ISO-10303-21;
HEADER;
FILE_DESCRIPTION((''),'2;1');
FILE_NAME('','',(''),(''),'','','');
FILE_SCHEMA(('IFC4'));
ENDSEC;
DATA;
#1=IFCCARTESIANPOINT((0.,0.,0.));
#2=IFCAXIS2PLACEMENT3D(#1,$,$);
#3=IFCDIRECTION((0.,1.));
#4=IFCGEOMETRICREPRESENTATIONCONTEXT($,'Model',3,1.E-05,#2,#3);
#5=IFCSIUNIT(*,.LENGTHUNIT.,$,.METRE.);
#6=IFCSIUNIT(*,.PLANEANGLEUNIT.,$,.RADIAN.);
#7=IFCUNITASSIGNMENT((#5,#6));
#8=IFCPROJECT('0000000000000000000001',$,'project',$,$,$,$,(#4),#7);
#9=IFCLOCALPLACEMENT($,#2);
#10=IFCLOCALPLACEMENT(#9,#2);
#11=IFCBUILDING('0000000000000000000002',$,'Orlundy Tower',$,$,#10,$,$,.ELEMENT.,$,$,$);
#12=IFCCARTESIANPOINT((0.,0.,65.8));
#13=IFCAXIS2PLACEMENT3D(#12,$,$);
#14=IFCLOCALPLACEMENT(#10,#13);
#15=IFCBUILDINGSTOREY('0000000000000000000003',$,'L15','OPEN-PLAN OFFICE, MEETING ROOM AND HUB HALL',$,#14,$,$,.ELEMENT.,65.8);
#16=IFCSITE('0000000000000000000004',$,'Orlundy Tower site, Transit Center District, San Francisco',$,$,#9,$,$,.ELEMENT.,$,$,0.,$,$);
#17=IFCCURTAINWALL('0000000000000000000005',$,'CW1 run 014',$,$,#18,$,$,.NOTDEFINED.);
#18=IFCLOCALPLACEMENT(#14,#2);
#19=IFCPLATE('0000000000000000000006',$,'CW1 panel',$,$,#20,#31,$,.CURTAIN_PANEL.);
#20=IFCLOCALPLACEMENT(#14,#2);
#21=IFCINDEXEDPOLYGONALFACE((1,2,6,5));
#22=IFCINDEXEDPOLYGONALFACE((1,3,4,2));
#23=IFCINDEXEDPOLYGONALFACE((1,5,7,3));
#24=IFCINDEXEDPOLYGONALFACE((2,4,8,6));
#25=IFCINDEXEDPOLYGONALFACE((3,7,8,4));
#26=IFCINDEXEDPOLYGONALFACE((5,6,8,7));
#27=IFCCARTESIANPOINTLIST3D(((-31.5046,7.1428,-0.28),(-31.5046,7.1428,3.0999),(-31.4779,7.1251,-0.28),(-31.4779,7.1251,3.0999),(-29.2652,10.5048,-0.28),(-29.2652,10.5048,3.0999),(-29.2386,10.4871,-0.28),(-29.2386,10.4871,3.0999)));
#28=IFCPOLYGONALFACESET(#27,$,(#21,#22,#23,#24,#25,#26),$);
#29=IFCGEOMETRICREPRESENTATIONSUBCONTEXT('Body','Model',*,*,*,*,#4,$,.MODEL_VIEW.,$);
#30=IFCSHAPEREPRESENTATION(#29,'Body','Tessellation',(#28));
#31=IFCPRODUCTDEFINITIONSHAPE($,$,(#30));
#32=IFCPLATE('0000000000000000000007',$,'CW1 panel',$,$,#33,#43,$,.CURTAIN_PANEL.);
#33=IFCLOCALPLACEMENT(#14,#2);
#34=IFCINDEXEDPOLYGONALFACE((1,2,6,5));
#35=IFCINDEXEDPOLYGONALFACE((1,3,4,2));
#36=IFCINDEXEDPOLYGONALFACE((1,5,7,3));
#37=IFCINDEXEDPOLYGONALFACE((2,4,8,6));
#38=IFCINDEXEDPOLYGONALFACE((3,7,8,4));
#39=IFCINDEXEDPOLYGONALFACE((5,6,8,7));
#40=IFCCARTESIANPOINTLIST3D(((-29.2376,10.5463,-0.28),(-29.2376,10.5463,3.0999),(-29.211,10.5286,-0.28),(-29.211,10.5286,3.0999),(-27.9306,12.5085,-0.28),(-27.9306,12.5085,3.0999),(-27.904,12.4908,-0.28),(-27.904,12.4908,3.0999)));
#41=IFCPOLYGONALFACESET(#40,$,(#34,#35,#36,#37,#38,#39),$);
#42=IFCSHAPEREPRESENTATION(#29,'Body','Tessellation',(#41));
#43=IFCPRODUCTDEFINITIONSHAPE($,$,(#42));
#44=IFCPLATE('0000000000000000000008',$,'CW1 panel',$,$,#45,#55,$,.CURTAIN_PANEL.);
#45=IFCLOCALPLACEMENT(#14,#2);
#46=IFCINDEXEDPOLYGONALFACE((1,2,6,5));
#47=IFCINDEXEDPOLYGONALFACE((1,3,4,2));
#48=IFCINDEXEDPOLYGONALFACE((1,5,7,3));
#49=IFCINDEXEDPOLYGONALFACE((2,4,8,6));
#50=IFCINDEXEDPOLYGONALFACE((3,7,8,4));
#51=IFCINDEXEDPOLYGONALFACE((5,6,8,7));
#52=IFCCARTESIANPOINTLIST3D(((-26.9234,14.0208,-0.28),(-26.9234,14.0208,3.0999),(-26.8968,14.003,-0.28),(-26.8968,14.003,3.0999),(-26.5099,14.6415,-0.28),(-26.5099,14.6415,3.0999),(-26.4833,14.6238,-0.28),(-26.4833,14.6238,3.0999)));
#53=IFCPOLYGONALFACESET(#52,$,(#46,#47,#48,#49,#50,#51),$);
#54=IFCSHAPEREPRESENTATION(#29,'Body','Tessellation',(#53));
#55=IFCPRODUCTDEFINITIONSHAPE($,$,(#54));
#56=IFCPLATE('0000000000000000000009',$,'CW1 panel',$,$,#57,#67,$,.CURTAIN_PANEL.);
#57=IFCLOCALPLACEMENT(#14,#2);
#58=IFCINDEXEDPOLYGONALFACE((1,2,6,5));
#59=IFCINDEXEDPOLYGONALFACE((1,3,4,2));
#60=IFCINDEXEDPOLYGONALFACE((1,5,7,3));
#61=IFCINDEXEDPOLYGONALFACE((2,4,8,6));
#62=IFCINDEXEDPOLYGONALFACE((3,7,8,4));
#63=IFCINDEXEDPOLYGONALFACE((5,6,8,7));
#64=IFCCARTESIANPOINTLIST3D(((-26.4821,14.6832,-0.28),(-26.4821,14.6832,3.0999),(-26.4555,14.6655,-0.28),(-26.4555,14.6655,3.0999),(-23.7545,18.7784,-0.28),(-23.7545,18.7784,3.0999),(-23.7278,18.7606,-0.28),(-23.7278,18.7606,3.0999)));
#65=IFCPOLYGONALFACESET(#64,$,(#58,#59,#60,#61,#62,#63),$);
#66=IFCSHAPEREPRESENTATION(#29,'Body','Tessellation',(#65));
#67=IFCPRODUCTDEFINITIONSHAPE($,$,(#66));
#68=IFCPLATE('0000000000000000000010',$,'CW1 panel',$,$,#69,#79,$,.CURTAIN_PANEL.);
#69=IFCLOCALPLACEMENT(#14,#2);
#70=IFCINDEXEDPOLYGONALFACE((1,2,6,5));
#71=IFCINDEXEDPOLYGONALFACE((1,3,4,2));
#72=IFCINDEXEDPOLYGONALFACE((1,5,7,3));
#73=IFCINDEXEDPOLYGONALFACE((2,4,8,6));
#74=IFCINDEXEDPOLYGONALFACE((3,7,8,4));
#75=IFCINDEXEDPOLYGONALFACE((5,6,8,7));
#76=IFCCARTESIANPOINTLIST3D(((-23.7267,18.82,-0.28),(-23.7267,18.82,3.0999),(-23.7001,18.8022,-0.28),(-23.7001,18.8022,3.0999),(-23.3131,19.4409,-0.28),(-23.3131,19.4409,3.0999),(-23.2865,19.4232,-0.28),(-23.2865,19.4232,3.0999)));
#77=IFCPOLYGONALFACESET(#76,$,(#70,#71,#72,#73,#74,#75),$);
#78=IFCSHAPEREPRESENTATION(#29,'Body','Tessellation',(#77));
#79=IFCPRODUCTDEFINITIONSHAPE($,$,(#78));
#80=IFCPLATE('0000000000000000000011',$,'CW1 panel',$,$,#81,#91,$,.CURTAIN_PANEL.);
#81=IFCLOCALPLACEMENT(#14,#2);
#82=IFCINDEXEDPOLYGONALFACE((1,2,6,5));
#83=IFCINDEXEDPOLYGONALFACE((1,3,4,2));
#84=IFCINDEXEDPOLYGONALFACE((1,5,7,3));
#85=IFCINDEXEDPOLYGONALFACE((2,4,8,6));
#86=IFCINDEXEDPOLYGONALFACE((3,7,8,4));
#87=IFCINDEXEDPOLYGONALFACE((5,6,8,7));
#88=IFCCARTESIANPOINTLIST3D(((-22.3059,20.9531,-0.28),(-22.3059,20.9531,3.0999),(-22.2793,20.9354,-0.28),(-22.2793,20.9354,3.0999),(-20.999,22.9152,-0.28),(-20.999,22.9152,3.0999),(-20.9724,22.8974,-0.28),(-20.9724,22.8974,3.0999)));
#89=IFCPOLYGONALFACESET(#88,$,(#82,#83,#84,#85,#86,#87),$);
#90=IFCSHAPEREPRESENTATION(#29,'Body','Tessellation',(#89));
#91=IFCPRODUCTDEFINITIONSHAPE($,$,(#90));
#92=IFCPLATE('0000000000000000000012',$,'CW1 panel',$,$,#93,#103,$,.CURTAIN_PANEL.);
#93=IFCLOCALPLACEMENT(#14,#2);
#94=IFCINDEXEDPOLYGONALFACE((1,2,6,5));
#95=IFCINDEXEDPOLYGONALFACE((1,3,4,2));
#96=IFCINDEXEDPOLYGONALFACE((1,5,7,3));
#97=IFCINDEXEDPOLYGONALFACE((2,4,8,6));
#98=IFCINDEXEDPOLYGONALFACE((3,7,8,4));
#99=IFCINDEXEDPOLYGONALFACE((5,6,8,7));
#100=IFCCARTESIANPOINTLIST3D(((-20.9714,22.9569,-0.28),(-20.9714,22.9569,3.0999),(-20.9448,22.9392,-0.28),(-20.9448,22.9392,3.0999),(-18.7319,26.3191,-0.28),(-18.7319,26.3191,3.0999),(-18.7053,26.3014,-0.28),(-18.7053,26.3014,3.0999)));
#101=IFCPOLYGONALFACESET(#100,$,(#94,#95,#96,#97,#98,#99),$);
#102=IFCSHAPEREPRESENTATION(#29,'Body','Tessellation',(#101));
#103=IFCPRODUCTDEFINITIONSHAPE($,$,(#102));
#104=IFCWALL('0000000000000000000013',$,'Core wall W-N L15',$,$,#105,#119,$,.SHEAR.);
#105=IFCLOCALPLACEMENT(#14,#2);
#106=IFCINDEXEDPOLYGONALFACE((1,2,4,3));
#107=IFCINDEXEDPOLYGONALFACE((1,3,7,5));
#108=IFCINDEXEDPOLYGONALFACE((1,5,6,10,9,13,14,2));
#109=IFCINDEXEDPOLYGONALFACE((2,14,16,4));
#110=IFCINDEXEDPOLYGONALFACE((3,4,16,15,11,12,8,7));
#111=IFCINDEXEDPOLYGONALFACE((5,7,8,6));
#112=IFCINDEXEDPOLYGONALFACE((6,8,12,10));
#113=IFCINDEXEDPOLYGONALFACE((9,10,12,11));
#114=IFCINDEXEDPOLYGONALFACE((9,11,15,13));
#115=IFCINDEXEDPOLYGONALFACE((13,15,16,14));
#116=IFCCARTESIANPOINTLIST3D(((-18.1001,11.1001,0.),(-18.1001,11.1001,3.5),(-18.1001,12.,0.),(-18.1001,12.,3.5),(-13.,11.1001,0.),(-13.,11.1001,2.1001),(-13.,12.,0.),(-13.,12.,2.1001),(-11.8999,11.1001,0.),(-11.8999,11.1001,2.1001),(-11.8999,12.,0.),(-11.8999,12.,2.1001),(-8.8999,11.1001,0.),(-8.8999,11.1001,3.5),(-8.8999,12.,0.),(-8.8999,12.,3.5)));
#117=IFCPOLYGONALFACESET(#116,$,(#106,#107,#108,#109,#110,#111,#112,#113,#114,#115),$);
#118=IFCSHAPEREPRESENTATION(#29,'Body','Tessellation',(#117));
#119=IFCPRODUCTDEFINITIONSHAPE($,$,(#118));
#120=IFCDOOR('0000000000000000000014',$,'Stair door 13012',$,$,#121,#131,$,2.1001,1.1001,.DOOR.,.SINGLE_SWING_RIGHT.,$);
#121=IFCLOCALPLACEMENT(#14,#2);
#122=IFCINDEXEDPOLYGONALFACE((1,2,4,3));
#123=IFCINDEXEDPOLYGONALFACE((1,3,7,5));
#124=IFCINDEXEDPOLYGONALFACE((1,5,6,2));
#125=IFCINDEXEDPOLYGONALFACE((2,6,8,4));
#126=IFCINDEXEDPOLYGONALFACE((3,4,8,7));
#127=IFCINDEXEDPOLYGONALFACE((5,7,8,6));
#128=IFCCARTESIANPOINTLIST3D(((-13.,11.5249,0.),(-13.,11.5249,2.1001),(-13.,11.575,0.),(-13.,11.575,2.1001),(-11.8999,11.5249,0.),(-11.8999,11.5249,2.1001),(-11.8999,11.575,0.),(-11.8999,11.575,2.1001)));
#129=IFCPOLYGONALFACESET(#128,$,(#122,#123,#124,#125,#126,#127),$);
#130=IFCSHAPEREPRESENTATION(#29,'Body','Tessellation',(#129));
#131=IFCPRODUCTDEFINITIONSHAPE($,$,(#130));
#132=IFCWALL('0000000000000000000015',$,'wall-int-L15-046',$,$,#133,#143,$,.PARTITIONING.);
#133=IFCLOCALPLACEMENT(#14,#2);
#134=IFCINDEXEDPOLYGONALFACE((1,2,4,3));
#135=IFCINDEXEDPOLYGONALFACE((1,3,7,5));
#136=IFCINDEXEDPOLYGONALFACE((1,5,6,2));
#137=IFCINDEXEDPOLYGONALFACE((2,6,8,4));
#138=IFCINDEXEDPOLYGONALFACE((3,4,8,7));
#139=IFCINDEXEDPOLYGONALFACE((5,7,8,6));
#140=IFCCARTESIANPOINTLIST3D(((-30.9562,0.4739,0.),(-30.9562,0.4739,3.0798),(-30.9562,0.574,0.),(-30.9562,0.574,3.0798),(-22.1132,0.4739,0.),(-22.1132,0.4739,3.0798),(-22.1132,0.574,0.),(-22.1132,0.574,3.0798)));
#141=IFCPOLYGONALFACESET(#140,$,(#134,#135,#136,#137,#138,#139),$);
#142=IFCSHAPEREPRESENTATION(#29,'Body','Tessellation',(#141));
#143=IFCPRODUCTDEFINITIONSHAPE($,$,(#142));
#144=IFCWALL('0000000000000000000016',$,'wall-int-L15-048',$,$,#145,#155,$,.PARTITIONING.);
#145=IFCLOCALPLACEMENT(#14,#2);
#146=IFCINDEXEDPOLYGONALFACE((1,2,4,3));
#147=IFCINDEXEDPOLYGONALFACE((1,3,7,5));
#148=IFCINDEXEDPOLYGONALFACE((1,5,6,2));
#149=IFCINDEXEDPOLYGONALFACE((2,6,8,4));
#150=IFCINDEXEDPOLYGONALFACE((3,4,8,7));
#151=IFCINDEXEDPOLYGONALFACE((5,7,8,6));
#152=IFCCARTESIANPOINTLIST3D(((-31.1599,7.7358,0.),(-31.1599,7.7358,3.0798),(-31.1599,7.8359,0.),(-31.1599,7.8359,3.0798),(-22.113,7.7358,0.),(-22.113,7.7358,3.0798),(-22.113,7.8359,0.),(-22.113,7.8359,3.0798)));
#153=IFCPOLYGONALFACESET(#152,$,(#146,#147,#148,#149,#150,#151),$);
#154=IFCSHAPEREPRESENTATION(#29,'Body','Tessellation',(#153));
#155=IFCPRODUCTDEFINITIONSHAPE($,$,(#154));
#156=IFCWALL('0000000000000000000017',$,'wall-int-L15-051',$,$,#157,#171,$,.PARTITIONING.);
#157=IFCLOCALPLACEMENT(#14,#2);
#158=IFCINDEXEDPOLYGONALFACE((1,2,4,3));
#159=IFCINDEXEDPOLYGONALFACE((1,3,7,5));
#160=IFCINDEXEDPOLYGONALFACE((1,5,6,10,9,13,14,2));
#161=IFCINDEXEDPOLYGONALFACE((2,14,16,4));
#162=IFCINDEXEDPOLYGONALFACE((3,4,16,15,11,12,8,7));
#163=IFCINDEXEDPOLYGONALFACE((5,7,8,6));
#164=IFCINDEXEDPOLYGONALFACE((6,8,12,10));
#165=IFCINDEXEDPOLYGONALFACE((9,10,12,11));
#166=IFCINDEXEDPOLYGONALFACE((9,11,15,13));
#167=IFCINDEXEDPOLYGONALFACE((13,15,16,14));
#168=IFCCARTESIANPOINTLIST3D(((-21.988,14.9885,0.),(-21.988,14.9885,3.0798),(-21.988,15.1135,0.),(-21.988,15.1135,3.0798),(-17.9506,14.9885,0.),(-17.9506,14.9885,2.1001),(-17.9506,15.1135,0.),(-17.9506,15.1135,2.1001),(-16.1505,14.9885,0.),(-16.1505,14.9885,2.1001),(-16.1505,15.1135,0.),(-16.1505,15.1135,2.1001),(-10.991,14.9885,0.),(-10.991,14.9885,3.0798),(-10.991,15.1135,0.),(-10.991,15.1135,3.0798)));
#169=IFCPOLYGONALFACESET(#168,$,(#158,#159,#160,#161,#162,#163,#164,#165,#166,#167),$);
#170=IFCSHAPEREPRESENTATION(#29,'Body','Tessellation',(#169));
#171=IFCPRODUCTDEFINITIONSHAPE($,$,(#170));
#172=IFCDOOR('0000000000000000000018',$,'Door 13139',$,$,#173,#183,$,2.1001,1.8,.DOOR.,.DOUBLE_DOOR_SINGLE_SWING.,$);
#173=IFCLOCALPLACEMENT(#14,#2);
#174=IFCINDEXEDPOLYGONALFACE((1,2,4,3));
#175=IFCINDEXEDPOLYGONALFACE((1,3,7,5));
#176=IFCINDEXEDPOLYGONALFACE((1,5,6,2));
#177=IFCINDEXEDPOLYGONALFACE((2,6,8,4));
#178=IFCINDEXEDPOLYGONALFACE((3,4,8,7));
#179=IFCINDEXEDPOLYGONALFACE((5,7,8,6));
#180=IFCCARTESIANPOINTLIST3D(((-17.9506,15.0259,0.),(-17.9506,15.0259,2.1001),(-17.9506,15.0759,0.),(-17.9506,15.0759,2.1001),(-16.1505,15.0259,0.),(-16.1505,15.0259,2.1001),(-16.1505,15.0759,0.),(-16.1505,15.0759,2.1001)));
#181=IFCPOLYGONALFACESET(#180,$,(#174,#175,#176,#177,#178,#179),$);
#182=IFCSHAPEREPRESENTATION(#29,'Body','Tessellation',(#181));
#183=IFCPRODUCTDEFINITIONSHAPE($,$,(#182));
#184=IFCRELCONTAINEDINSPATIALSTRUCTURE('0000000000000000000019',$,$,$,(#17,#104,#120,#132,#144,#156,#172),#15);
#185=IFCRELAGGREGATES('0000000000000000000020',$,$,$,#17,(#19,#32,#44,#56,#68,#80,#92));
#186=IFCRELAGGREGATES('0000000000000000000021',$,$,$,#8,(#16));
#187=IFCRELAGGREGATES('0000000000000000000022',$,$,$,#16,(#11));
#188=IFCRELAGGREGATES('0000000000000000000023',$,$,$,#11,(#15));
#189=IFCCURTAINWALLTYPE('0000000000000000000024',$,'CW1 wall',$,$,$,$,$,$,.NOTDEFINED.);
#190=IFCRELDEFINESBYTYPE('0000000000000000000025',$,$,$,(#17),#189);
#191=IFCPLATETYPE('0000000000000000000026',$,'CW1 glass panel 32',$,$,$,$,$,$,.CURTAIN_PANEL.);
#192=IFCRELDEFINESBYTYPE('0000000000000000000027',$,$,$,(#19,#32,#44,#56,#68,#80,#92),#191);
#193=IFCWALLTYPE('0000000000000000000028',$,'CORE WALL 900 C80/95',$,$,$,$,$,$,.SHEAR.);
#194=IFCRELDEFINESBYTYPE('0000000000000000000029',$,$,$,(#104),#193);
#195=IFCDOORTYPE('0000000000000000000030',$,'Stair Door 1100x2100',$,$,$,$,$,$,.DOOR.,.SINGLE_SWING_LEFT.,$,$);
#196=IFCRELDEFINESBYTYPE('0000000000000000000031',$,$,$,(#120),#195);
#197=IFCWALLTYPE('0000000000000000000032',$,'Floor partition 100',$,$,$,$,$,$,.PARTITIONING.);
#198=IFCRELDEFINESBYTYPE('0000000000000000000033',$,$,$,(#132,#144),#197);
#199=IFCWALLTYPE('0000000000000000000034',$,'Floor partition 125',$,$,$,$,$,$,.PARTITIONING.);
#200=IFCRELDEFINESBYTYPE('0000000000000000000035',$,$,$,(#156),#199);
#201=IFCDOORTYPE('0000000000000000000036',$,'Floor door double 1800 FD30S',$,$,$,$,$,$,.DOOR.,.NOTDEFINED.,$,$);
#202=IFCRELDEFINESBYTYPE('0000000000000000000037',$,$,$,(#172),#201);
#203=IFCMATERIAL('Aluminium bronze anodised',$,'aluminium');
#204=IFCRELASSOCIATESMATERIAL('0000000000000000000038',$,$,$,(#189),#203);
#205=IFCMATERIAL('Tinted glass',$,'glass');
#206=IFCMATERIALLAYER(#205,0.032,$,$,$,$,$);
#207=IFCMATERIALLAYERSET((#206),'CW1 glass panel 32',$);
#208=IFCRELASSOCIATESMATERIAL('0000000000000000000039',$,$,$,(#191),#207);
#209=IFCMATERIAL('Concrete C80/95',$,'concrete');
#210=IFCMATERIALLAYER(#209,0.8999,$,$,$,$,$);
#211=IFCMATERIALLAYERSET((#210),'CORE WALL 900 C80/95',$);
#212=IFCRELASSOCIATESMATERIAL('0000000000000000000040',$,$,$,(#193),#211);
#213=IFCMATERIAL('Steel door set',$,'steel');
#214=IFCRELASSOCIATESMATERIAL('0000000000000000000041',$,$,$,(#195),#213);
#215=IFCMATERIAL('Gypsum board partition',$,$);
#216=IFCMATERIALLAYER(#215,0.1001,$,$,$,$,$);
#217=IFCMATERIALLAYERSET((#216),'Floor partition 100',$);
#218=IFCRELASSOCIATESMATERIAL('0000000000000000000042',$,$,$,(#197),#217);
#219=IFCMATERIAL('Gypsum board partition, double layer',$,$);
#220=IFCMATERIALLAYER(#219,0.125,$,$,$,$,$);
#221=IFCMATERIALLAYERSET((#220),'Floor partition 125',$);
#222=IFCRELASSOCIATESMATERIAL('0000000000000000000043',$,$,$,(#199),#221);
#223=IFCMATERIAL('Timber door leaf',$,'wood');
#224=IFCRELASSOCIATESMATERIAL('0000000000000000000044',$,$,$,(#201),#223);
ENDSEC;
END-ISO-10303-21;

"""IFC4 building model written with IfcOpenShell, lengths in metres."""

from ifc_helpers import new_model, si_unit, direction, frame, frame_2d, origin, origin_2d, place, context, subcontext, project, spatial, rectangle, extrude, material, layer, layer_set, type_object, element, fill, aggregate, save


model = new_model("IFC4")

# Units and contexts
model_context = context("Model", 3, precision=1e-05, world=origin(), true_north=direction((0.0, 1.0)))
body_context = subcontext(model_context, "Body", "Model", "MODEL_VIEW")
ifc_project = project(units=[si_unit("LENGTHUNIT", "METRE"), si_unit("PLANEANGLEUNIT", "RADIAN")], contexts=[model_context])

# Site, building, storey
site_placement = place(None, origin())
site = spatial("IfcSite", under=ifc_project, at=site_placement, Name="Orlundy Tower site, Transit Center District, San Francisco", CompositionType="ELEMENT", RefElevation=0.0)
building_placement = place(site_placement, origin())
building = spatial("IfcBuilding", under=site, at=building_placement, Name="Orlundy Tower", CompositionType="ELEMENT")
storey_placement = place(building_placement, frame((0.0, 0.0, 65.8)))
storey = spatial("IfcBuildingStorey", under=building, at=storey_placement, Name="L15", Description="OPEN-PLAN OFFICE, MEETING ROOM AND HUB HALL", CompositionType="ELEMENT", Elevation=65.8)

# Shared definitions
ifc_material_1 = material(Name="Aluminium bronze anodised", Category="aluminium")
curtain_wall_type = type_object("IfcCurtainWallType", Name="CW1 wall", PredefinedType="NOTDEFINED", material=ifc_material_1)

# Curtain wall
curtain_wall_1_placement = place(storey_placement, origin())
curtain_wall_1 = element("IfcCurtainWall", 1, at=curtain_wall_1_placement, inside=storey, type_object=curtain_wall_type, Name="CW1 run 014", PredefinedType="NOTDEFINED")

# Plates
ifc_material_2 = material(Name="Tinted glass", Category="glass")
ifc_layer_1 = layer(ifc_material_2, 0.032)
ifc_layer_set_1 = layer_set([ifc_layer_1], Name="CW1 glass panel 32")
plate_type = type_object("IfcPlateType", Name="CW1 glass panel 32", PredefinedType="CURTAIN_PANEL", material=ifc_layer_set_1)
plate_1_placement = place(storey_placement, frame((-30.3716, 8.8149, -0.28), z_axis=(0.0, 0.0, 1.0), x_axis=(0.554357, 0.832279, 0.0)))
plate_1 = element("IfcPlate", 2, at=plate_1_placement, type_object=plate_type, Name="CW1 panel", PredefinedType="CURTAIN_PANEL", context=body_context, shape_type="SweptSolid", body=[
    extrude(rectangle(XDim=4.0396, YDim=0.032, at=origin_2d()), origin(), (0.0, 0.0, 1.0), 3.3799),
])
plate_2_placement = place(storey_placement, frame((-28.5708, 11.5186, -0.28), z_axis=(0.0, 0.0, 1.0), x_axis=(0.554357, 0.832279, 0.0)))
plate_2 = element("IfcPlate", 3, at=plate_2_placement, type_object=plate_type, Name="CW1 panel", PredefinedType="CURTAIN_PANEL", context=body_context, shape_type="SweptSolid", body=[
    extrude(rectangle(XDim=2.3577, YDim=0.032, at=origin_2d()), origin(), (0.0, 0.0, 1.0), 3.3799),
])
plate_3_placement = place(storey_placement, frame((-26.7034, 14.3223, -0.28), z_axis=(0.0, 0.0, 1.0), x_axis=(0.554357, 0.832279, 0.0)))
plate_3 = element("IfcPlate", 4, at=plate_3_placement, type_object=plate_type, Name="CW1 panel", PredefinedType="CURTAIN_PANEL", context=body_context, shape_type="SweptSolid", body=[
    extrude(rectangle(XDim=0.7458, YDim=0.032, at=origin_2d()), origin(), (0.0, 0.0, 1.0), 3.3799),
])
plate_4_placement = place(storey_placement, frame((-25.105, 16.7219, -0.28), z_axis=(0.0, 0.0, 1.0), x_axis=(0.554357, 0.832279, 0.0)))
plate_4 = element("IfcPlate", 5, at=plate_4_placement, type_object=plate_type, Name="CW1 panel", PredefinedType="CURTAIN_PANEL", context=body_context, shape_type="SweptSolid", body=[
    extrude(rectangle(XDim=4.9204, YDim=0.032, at=origin_2d()), origin(), (0.0, 0.0, 1.0), 3.3799),
])
plate_5_placement = place(storey_placement, frame((-23.5066, 19.1216, -0.28), z_axis=(0.0, 0.0, 1.0), x_axis=(0.554357, 0.832279, 0.0)))
plate_5 = element("IfcPlate", 6, at=plate_5_placement, type_object=plate_type, Name="CW1 panel", PredefinedType="CURTAIN_PANEL", context=body_context, shape_type="SweptSolid", body=[
    extrude(rectangle(XDim=0.7461, YDim=0.032, at=origin_2d()), origin(), (0.0, 0.0, 1.0), 3.3799),
])
plate_6_placement = place(storey_placement, frame((-21.6392, 21.9253, -0.28), z_axis=(0.0, 0.0, 1.0), x_axis=(0.554357, 0.832279, 0.0)))
plate_6 = element("IfcPlate", 7, at=plate_6_placement, type_object=plate_type, Name="CW1 panel", PredefinedType="CURTAIN_PANEL", context=body_context, shape_type="SweptSolid", body=[
    extrude(rectangle(XDim=2.3574, YDim=0.032, at=origin_2d()), origin(), (0.0, 0.0, 1.0), 3.3799),
])
plate_7_placement = place(storey_placement, frame((-19.8384, 24.6292, -0.28), z_axis=(0.0, 0.0, 1.0), x_axis=(0.554357, 0.832279, 0.0)))
plate_7 = element("IfcPlate", 8, at=plate_7_placement, type_object=plate_type, Name="CW1 panel", PredefinedType="CURTAIN_PANEL", context=body_context, shape_type="SweptSolid", body=[
    extrude(rectangle(XDim=4.0398, YDim=0.032, at=origin_2d()), origin(), (0.0, 0.0, 1.0), 3.3799),
])
aggregate(curtain_wall_1, [plate_1, plate_2, plate_3, plate_4, plate_5, plate_6, plate_7])

# Wall, opening, door
ifc_material_3 = material(Name="Concrete C80/95", Category="concrete")
ifc_layer_2 = layer(ifc_material_3, 0.8999)
ifc_layer_set_2 = layer_set([ifc_layer_2], Name="CORE WALL 900 C80/95")
wall_type_1 = type_object("IfcWallType", Name="CORE WALL 900 C80/95", PredefinedType="SHEAR", material=ifc_layer_set_2)
wall_1_placement = place(storey_placement, frame((-18.1001, 11.55, 0.0), z_axis=(0.0, 0.0, 1.0), x_axis=(1.0, 0.0, 0.0)))
wall_1 = element("IfcWall", 9, at=wall_1_placement, inside=storey, type_object=wall_type_1, Name="Core wall W-N L15", PredefinedType="SHEAR", context=body_context, shape_type="SweptSolid", body=[
    extrude(rectangle(XDim=9.2002, YDim=0.8999, at=frame_2d((4.6001, 0.0))), origin(), (0.0, 0.0, 1.0), 3.5),
])
opening_1_placement = place(wall_1_placement, frame((5.1001, 0.0, 0.0)))
opening_1 = element("IfcOpeningElement", 10, at=opening_1_placement, cuts=wall_1, PredefinedType="OPENING", context=body_context, shape_type="SweptSolid", body=[
    extrude(rectangle(XDim=1.1001, YDim=2.1001, at=frame_2d((0.55, 1.05))), frame((0.0, 0.46, 0.0), z_axis=(0.0, -1.0, 0.0), x_axis=(1.0, 0.0, 0.0)), (0.0, 0.0, 1.0), 0.9199),
])
ifc_material_4 = material(Name="Steel door set", Category="steel")
door_type_1 = type_object("IfcDoorType", Name="Stair Door 1100x2100", OperationType="SINGLE_SWING_LEFT", PredefinedType="DOOR", material=ifc_material_4)
door_1_placement = place(opening_1_placement, origin())
door_1 = element("IfcDoor", 11, at=door_1_placement, inside=storey, type_object=door_type_1, Name="Stair door 13012", OperationType="SINGLE_SWING_RIGHT", OverallHeight=2.1001, OverallWidth=1.1001, PredefinedType="DOOR", context=body_context, shape_type="SweptSolid", body=[
    extrude(rectangle(XDim=1.1001, YDim=2.1001, at=frame_2d((0.55, 1.05))), frame((0.0, 0.0249, 0.0), z_axis=(0.0, -1.0, 0.0), x_axis=(1.0, 0.0, 0.0)), (0.0, 0.0, 1.0), 0.05),
])
fill(opening_1, door_1)

# Walls
ifc_material_5 = material(Name="Gypsum board partition")
ifc_layer_3 = layer(ifc_material_5, 0.1001)
ifc_layer_set_3 = layer_set([ifc_layer_3], Name="Floor partition 100")
wall_type_2 = type_object("IfcWallType", Name="Floor partition 100", PredefinedType="PARTITIONING", material=ifc_layer_set_3)
wall_2_placement = place(storey_placement, frame((-30.9561, 0.5239, 0.0), z_axis=(0.0, 0.0, 1.0), x_axis=(1.0, 0.0, 0.0)))
element("IfcWall", 12, at=wall_2_placement, inside=storey, type_object=wall_type_2, Name="wall-int-L15-046", PredefinedType="PARTITIONING", context=body_context, shape_type="SweptSolid", body=[
    extrude(rectangle(XDim=8.843, YDim=0.1001, at=frame_2d((4.4214, 0.0))), origin(), (0.0, 0.0, 1.0), 3.0798),
])
wall_3_placement = place(storey_placement, frame((-31.1599, 7.7859, 0.0), z_axis=(0.0, 0.0, 1.0), x_axis=(1.0, 0.0, 0.0)))
element("IfcWall", 13, at=wall_3_placement, inside=storey, type_object=wall_type_2, Name="wall-int-L15-048", PredefinedType="PARTITIONING", context=body_context, shape_type="SweptSolid", body=[
    extrude(rectangle(XDim=9.0469, YDim=0.1001, at=frame_2d((4.5234, 0.0))), origin(), (0.0, 0.0, 1.0), 3.0798),
])

# Wall, opening, door
ifc_material_6 = material(Name="Gypsum board partition, double layer")
ifc_layer_4 = layer(ifc_material_6, 0.125)
ifc_layer_set_4 = layer_set([ifc_layer_4], Name="Floor partition 125")
wall_type_3 = type_object("IfcWallType", Name="Floor partition 125", PredefinedType="PARTITIONING", material=ifc_layer_set_4)
wall_4_placement = place(storey_placement, frame((-21.988, 15.051, 0.0), z_axis=(0.0, 0.0, 1.0), x_axis=(1.0, 0.0, 0.0)))
wall_4 = element("IfcWall", 14, at=wall_4_placement, inside=storey, type_object=wall_type_3, Name="wall-int-L15-051", PredefinedType="PARTITIONING", context=body_context, shape_type="SweptSolid", body=[
    extrude(rectangle(XDim=10.9971, YDim=0.125, at=frame_2d((5.4985, 0.0))), origin(), (0.0, 0.0, 1.0), 3.0798),
])
opening_2_placement = place(wall_4_placement, frame((4.0376, 0.0, 0.0)))
opening_2 = element("IfcOpeningElement", 15, at=opening_2_placement, cuts=wall_4, PredefinedType="OPENING", context=body_context, shape_type="SweptSolid", body=[
    extrude(rectangle(XDim=1.8, YDim=2.1001, at=frame_2d((0.8999, 1.05))), frame((0.0, 0.0725, 0.0), z_axis=(0.0, -1.0, 0.0), x_axis=(1.0, 0.0, 0.0)), (0.0, 0.0, 1.0), 0.145),
])
ifc_material_7 = material(Name="Timber door leaf", Category="wood")
door_type_2 = type_object("IfcDoorType", Name="Floor door double 1800 FD30S", OperationType="NOTDEFINED", PredefinedType="DOOR", material=ifc_material_7)
door_2_placement = place(opening_2_placement, origin())
door_2 = element("IfcDoor", 16, at=door_2_placement, inside=storey, type_object=door_type_2, Name="Door 13139", OperationType="DOUBLE_DOOR_SINGLE_SWING", OverallHeight=2.1001, OverallWidth=1.8, PredefinedType="DOOR", context=body_context, shape_type="SweptSolid", body=[
    extrude(rectangle(XDim=1.8, YDim=2.1001, at=frame_2d((0.8999, 1.05))), frame((0.0, 0.0249, 0.0), z_axis=(0.0, -1.0, 0.0), x_axis=(1.0, 0.0, 0.0)), (0.0, 0.0, 1.0), 0.05),
])
fill(opening_2, door_2)

save(model, "model.ifc")
